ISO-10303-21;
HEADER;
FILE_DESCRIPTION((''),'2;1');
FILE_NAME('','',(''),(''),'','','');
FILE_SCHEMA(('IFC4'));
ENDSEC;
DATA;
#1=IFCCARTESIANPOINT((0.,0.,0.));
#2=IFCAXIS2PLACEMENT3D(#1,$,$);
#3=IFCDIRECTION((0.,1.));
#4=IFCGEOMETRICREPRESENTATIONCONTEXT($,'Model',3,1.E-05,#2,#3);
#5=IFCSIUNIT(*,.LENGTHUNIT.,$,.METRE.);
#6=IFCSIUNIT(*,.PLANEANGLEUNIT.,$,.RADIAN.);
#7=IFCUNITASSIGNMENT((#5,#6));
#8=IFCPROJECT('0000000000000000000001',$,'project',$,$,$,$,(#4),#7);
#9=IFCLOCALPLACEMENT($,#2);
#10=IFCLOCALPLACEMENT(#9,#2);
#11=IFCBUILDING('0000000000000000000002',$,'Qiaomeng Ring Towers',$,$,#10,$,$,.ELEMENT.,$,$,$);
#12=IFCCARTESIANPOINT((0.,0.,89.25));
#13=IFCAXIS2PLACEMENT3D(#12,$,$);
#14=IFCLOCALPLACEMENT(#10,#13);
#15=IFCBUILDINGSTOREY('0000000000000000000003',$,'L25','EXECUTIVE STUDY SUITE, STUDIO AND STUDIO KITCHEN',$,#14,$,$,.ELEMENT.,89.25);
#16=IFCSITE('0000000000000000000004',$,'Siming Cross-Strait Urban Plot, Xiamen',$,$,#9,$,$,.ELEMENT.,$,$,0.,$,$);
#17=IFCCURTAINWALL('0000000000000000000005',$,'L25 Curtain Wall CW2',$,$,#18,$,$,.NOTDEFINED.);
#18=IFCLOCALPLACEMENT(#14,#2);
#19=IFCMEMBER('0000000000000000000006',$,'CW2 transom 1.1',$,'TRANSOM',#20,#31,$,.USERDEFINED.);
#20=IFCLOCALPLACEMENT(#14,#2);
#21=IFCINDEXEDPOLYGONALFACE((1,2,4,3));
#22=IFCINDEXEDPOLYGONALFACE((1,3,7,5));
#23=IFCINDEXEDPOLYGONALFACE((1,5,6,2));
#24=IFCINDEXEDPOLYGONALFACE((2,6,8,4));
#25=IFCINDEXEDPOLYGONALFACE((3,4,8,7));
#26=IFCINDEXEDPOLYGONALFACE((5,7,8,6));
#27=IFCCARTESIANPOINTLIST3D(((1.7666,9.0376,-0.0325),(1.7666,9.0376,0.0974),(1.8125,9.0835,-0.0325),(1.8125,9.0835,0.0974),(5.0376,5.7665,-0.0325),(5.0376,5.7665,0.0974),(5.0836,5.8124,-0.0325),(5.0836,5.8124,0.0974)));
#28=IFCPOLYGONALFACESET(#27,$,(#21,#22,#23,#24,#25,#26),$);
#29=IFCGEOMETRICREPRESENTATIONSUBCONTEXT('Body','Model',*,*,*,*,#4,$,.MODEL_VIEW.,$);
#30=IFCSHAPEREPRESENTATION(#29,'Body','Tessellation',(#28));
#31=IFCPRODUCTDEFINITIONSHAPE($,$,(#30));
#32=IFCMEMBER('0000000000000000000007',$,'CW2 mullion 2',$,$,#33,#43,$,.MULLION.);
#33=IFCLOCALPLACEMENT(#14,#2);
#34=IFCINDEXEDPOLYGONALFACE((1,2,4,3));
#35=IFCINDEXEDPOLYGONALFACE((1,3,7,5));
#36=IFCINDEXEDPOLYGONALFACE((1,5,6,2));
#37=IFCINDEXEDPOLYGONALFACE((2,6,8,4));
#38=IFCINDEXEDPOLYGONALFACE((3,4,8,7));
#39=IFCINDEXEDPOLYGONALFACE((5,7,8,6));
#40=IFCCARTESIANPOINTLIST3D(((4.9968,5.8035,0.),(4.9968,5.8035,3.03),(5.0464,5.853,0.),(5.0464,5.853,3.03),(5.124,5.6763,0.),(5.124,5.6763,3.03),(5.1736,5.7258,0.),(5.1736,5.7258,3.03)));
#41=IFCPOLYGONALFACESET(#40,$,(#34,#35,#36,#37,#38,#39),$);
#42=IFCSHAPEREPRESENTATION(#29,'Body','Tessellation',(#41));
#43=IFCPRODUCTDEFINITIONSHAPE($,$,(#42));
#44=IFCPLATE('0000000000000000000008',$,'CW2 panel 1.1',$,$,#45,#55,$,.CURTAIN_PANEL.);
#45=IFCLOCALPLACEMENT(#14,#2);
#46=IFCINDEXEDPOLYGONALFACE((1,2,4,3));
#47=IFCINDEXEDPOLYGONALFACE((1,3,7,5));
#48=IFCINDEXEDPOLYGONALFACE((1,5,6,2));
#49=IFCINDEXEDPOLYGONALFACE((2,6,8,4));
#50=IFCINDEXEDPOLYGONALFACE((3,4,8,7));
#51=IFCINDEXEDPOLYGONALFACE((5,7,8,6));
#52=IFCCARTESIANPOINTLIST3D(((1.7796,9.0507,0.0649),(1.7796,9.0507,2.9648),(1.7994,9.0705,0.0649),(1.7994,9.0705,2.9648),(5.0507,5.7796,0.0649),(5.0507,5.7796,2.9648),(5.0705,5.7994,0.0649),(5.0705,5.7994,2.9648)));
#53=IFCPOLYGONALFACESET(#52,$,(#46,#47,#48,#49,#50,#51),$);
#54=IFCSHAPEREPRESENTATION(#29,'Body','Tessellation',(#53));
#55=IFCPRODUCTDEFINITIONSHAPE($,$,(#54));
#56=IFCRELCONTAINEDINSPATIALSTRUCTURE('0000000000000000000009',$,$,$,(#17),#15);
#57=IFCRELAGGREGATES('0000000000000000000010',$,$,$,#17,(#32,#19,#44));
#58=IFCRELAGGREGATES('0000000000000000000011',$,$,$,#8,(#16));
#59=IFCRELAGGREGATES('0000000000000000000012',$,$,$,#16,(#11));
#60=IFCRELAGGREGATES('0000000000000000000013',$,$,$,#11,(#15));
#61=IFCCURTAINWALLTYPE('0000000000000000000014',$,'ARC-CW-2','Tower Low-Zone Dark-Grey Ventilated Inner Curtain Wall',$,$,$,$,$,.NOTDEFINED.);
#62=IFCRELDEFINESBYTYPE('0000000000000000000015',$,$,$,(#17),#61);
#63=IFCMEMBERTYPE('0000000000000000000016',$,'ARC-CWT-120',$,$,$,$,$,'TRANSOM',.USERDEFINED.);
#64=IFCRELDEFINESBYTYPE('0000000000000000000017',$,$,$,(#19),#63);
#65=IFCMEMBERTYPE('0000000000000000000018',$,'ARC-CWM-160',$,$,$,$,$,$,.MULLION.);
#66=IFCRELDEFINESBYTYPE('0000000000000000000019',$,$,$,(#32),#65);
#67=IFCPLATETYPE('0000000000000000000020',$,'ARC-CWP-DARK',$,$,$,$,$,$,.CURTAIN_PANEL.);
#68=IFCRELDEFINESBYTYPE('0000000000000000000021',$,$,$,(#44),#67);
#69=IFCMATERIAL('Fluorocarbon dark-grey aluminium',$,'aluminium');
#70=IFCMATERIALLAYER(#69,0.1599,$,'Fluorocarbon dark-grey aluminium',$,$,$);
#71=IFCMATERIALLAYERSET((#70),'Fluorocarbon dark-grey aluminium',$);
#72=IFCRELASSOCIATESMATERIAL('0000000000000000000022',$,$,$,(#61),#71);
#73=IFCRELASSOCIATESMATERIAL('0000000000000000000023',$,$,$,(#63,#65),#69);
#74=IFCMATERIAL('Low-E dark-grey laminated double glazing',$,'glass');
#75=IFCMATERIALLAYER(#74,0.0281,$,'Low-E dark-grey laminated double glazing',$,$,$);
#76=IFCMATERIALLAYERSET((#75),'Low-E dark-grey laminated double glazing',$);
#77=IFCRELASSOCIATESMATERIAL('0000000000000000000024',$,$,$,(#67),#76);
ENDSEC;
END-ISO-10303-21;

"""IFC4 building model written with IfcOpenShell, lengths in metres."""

from ifc_helpers import new_model, si_unit, direction, frame, origin, origin_2d, place, context, subcontext, project, spatial, rectangle, extrude, source, transform, mapped, material, layer, layer_set, material_profile, profile_set, type_object, element, aggregate, save


model = new_model("IFC4")

# Units and contexts
model_context = context("Model", 3, precision=1e-05, world=origin(), true_north=direction((0.0, 1.0)))
body_context = subcontext(model_context, "Body", "Model", "MODEL_VIEW")
ifc_project = project(units=[si_unit("LENGTHUNIT", "METRE"), si_unit("PLANEANGLEUNIT", "RADIAN")], contexts=[model_context])

# Site, building, storey
site_placement = place(None, origin())
site = spatial("IfcSite", under=ifc_project, at=site_placement, Name="Siming Cross-Strait Urban Plot, Xiamen", CompositionType="ELEMENT", RefElevation=0.0)
building_placement = place(site_placement, origin())
building = spatial("IfcBuilding", under=site, at=building_placement, Name="Qiaomeng Ring Towers", CompositionType="ELEMENT")
storey_placement = place(building_placement, frame((0.0, 0.0, 89.25)))
storey = spatial("IfcBuildingStorey", under=building, at=storey_placement, Name="L25", Description="EXECUTIVE STUDY SUITE, STUDIO AND STUDIO KITCHEN", CompositionType="ELEMENT", Elevation=89.25)

# Curtain wall, members, plate
ifc_material_1 = material(Name="Fluorocarbon dark-grey aluminium", Category="aluminium")
ifc_layer_1 = layer(ifc_material_1, 0.1599, Name="Fluorocarbon dark-grey aluminium")
ifc_layer_set_1 = layer_set([ifc_layer_1], Name="Fluorocarbon dark-grey aluminium")
curtain_wall_type = type_object("IfcCurtainWallType", Name="ARC-CW-2", Description="Tower Low-Zone Dark-Grey Ventilated Inner Curtain Wall", PredefinedType="NOTDEFINED", material=ifc_layer_set_1)
curtain_wall_placement = place(storey_placement, origin())
curtain_wall = element("IfcCurtainWall", 1, at=curtain_wall_placement, inside=storey, type_object=curtain_wall_type, Name="L25 Curtain Wall CW2", PredefinedType="NOTDEFINED")
ifc_material_profile_1 = material_profile(ifc_material_1, rectangle(XDim=0.0649, YDim=0.1299, at=origin_2d()), Name="ALU TRAN 65x130")
ifc_profile_set_1 = profile_set([ifc_material_profile_1], Name="Fluorocarbon dark-grey aluminium")
member_type_1 = type_object("IfcMemberType", Name="ARC-CWT-120", ElementType="TRANSOM", PredefinedType="USERDEFINED", material=ifc_profile_set_1)
shared_shape_1 = source(origin(), body_context, "Body", "SweptSolid", [
    extrude(rectangle(XDim=0.0649, YDim=0.1299, at=origin_2d()), origin(), (0.0, 0.0, 1.0), 4.626),
])
member_1_placement = place(storey_placement, frame((1.7896, 9.0605, 0.0325), z_axis=(0.707107, -0.707107, 0.0), x_axis=(0.707107, 0.707107, 0.0)))
member_1 = element("IfcMember", 2, at=member_1_placement, type_object=member_type_1, Name="CW2 transom 1.1", ObjectType="TRANSOM", PredefinedType="USERDEFINED", context=body_context, shape_type="MappedRepresentation", body=[
    mapped(shared_shape_1, transform((0.0, 0.0, 0.0), x_axis=(1.0, 0.0, 0.0), y_axis=(0.0, 1.0, 0.0), z_axis=(0.0, 0.0, 1.0), scale=1.0)),
])
ifc_material_profile_2 = material_profile(ifc_material_1, rectangle(XDim=0.0701, YDim=0.1799, at=origin_2d()), Name="ALU MULL 70x180")
ifc_profile_set_2 = profile_set([ifc_material_profile_2], Name="Fluorocarbon dark-grey aluminium")
member_type_2 = type_object("IfcMemberType", Name="ARC-CWM-160", PredefinedType="MULLION", material=ifc_profile_set_2)
shared_shape_2 = source(origin(), body_context, "Body", "SweptSolid", [
    extrude(rectangle(XDim=0.0701, YDim=0.1799, at=origin_2d()), origin(), (0.0, 0.0, 1.0), 3.03),
])
member_2_placement = place(storey_placement, frame((5.0852, 5.7646, 0.0), z_axis=(0.0, 0.0, 1.0), x_axis=(0.707107, 0.707107, 0.0)))
member_2 = element("IfcMember", 3, at=member_2_placement, type_object=member_type_2, Name="CW2 mullion 2", PredefinedType="MULLION", context=body_context, shape_type="MappedRepresentation", body=[
    mapped(shared_shape_2, transform((0.0, 0.0, 0.0), x_axis=(1.0, 0.0, 0.0), y_axis=(0.0, 1.0, 0.0), z_axis=(0.0, 0.0, 1.0), scale=1.0)),
])
ifc_material_2 = material(Name="Low-E dark-grey laminated double glazing", Category="glass")
ifc_layer_2 = layer(ifc_material_2, 0.0281, Name="Low-E dark-grey laminated double glazing")
ifc_layer_set_2 = layer_set([ifc_layer_2], Name="Low-E dark-grey laminated double glazing")
plate_type = type_object("IfcPlateType", Name="ARC-CWP-DARK", PredefinedType="CURTAIN_PANEL", material=ifc_layer_set_2)
shared_shape_3 = source(origin(), body_context, "Body", "SweptSolid", [
    extrude(rectangle(XDim=4.626, YDim=0.0281, at=origin_2d()), origin(), (0.0, 0.0, 1.0), 2.8999),
])
plate_placement = place(storey_placement, frame((3.425, 7.425, 0.0649), z_axis=(0.0, 0.0, 1.0), x_axis=(0.707107, -0.707107, 0.0)))
plate = element("IfcPlate", 4, at=plate_placement, type_object=plate_type, Name="CW2 panel 1.1", PredefinedType="CURTAIN_PANEL", context=body_context, shape_type="MappedRepresentation", body=[
    mapped(shared_shape_3, transform((0.0, 0.0, 0.0), x_axis=(1.0, 0.0, 0.0), y_axis=(0.0, 1.0, 0.0), z_axis=(0.0, 0.0, 1.0), scale=1.0)),
])
aggregate(curtain_wall, [member_2, member_1, plate])

save(model, "model.ifc")
